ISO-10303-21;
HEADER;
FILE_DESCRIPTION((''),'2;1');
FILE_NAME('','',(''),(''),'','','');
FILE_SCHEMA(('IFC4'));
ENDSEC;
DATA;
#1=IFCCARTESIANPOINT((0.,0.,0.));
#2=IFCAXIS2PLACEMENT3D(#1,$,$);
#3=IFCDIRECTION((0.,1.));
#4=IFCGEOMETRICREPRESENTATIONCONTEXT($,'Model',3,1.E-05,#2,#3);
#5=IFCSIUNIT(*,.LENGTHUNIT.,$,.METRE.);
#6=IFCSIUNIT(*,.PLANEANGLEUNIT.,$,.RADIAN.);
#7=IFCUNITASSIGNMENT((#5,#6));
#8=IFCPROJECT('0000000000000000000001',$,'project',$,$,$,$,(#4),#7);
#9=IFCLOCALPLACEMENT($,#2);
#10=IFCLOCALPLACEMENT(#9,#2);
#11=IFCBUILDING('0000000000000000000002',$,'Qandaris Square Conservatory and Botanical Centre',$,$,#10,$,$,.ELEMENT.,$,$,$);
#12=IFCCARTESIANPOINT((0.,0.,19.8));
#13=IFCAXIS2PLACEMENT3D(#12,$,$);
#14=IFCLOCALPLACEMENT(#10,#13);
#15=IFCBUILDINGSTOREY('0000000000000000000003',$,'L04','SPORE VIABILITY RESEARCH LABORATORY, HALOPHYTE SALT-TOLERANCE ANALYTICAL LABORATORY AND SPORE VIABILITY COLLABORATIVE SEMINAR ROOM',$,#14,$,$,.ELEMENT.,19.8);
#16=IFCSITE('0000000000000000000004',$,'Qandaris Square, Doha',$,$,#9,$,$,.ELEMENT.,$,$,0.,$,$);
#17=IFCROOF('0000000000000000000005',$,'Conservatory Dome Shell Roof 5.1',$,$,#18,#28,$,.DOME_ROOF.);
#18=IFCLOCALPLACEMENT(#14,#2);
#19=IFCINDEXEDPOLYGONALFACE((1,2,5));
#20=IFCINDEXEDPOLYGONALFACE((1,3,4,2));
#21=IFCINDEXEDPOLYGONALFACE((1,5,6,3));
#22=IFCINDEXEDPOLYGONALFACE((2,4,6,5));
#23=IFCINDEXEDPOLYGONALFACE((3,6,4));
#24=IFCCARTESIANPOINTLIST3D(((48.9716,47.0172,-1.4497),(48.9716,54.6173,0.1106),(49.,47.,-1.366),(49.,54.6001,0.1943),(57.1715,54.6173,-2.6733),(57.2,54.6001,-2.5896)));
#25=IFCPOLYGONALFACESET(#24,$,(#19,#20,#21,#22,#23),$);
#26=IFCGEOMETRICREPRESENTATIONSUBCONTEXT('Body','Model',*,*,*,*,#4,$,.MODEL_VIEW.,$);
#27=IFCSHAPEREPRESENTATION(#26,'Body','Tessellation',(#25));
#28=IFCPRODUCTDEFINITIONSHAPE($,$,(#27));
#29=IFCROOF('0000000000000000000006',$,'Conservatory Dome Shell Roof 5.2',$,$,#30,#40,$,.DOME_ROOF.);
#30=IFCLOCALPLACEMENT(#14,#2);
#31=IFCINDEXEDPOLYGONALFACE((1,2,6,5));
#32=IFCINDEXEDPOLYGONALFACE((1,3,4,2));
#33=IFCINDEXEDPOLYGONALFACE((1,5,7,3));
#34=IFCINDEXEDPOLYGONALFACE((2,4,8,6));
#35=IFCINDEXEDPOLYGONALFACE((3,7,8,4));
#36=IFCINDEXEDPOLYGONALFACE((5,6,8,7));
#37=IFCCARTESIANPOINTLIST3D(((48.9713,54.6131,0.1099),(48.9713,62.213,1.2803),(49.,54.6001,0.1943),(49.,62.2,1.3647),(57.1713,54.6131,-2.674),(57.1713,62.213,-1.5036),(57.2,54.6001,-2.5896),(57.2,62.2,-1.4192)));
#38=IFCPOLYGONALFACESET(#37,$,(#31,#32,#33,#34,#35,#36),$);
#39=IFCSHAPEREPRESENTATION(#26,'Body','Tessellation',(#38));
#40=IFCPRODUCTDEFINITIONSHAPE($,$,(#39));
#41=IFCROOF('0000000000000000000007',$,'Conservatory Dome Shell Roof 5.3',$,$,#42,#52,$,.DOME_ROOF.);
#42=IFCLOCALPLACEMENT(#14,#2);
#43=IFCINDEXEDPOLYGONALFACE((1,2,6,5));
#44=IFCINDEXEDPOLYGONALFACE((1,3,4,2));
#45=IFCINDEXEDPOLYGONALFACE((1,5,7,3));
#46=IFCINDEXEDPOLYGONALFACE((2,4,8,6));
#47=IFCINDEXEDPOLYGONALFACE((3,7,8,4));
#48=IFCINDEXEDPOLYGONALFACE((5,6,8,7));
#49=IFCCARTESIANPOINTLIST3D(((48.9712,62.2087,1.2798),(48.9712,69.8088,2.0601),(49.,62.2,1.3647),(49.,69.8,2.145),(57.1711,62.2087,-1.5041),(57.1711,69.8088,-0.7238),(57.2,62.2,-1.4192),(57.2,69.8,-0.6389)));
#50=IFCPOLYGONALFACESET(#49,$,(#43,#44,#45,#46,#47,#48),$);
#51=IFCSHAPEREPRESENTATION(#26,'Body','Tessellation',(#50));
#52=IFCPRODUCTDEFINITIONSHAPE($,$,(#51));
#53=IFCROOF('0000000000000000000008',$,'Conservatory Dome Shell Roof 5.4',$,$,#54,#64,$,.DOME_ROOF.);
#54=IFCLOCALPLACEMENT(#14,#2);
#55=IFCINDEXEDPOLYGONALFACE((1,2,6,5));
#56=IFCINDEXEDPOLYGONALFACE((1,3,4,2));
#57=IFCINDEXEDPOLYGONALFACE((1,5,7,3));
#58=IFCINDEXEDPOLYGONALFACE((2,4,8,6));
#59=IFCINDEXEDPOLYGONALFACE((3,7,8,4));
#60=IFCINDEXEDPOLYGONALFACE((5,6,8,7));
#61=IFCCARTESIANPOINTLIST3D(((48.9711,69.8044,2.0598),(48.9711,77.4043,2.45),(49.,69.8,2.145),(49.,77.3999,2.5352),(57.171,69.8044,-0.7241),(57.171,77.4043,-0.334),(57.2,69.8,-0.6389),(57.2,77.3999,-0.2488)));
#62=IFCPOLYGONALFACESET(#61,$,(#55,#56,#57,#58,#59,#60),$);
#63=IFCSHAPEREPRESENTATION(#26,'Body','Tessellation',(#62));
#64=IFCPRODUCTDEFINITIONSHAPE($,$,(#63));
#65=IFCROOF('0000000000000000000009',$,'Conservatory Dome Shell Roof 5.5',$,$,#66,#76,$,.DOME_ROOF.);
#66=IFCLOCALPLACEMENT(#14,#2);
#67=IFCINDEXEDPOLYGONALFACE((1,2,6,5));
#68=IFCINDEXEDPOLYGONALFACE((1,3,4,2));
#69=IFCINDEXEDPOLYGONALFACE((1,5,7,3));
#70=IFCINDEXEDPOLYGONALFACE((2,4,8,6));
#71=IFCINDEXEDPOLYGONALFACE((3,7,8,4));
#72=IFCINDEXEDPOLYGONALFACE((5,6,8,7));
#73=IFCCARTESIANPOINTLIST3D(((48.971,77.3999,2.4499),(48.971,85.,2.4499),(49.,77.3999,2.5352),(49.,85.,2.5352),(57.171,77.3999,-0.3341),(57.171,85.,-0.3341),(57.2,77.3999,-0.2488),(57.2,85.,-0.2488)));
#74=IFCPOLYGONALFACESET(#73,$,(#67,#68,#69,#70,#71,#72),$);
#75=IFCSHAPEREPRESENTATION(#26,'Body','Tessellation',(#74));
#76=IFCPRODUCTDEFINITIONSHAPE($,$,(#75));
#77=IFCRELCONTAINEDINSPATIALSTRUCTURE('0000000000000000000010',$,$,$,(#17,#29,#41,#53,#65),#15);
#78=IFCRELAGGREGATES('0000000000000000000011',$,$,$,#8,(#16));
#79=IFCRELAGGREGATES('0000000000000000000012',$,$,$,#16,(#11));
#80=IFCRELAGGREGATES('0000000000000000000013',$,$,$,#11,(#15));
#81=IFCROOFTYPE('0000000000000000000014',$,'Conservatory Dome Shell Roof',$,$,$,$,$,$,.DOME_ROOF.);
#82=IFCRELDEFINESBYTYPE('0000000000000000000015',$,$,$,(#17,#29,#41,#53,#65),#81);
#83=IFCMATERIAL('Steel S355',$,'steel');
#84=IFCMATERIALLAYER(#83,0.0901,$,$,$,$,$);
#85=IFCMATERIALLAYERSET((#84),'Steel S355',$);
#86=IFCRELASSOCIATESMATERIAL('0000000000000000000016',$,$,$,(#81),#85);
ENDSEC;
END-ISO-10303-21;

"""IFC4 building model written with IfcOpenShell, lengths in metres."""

from ifc_helpers import new_model, si_unit, direction, frame, origin, place, context, subcontext, project, spatial, polyline, outline, extrude, material, layer, layer_set, type_object, element, save


model = new_model("IFC4")

# Units and contexts
model_context = context("Model", 3, precision=1e-05, world=origin(), true_north=direction((0.0, 1.0)))
body_context = subcontext(model_context, "Body", "Model", "MODEL_VIEW")
ifc_project = project(units=[si_unit("LENGTHUNIT", "METRE"), si_unit("PLANEANGLEUNIT", "RADIAN")], contexts=[model_context])

# Site, building, storey
site_placement = place(None, origin())
site = spatial("IfcSite", under=ifc_project, at=site_placement, Name="Qandaris Square, Doha", CompositionType="ELEMENT", RefElevation=0.0)
building_placement = place(site_placement, origin())
building = spatial("IfcBuilding", under=site, at=building_placement, Name="Qandaris Square Conservatory and Botanical Centre", CompositionType="ELEMENT")
storey_placement = place(building_placement, frame((0.0, 0.0, 19.8)))
storey = spatial("IfcBuildingStorey", under=building, at=storey_placement, Name="L04", Description="SPORE VIABILITY RESEARCH LABORATORY, HALOPHYTE SALT-TOLERANCE ANALYTICAL LABORATORY AND SPORE VIABILITY COLLABORATIVE SEMINAR ROOM", CompositionType="ELEMENT", Elevation=19.8)

# Shared definitions
ifc_material = material(Name="Steel S355", Category="steel")

# Roofs
ifc_layer_1 = layer(ifc_material, 0.0901)
ifc_layer_set_1 = layer_set([ifc_layer_1], Name="Steel S355")
roof_type = type_object("IfcRoofType", Name="Conservatory Dome Shell Roof", PredefinedType="DOME_ROOF", material=ifc_layer_set_1)
roof_1_placement = place(storey_placement, frame((49.0, 47.0, -1.366), z_axis=(0.315576, -0.19083, 0.929514), x_axis=(0.72907, 0.675737, -0.108795)))
element("IfcRoof", 1, at=roof_1_placement, inside=storey, type_object=roof_type, Name="Conservatory Dome Shell Roof 5.1", PredefinedType="DOME_ROOF", context=body_context, shape_type="SweptSolid", body=[
    extrude(outline(polyline([(0.0, 0.0), (11.2471, 0.0), (4.9659, 5.9612), (0.0, 0.0)])), origin(), (0.0, 0.0, -1.0), 0.0901),
])
roof_2_placement = place(storey_placement, frame((49.0, 54.6001, 0.1943), z_axis=(0.318119, -0.144303, 0.937004), x_axis=(0.946915, 0.0, -0.321484)))
element("IfcRoof", 2, at=roof_2_placement, inside=storey, type_object=roof_type, Name="Conservatory Dome Shell Roof 5.2", PredefinedType="DOME_ROOF", context=body_context, shape_type="SweptSolid", body=[
    extrude(outline(polyline([(0.0, 0.0), (8.6596, 0.0), (8.2834, 7.6802), (-0.3763, 7.6802), (0.0, 0.0)])), origin(), (0.0, 0.0, -1.0), 0.0901),
])
roof_3_placement = place(storey_placement, frame((49.0, 62.2, 1.3647), z_axis=(0.319975, -0.09676, 0.942472), x_axis=(0.946915, 0.0, -0.321484)))
element("IfcRoof", 3, at=roof_3_placement, inside=storey, type_object=roof_type, Name="Conservatory Dome Shell Roof 5.3", PredefinedType="DOME_ROOF", context=body_context, shape_type="SweptSolid", body=[
    extrude(outline(polyline([(0.0, 0.0), (8.6596, 0.0), (8.4088, 7.6359), (-0.2508, 7.6359), (0.0, 0.0)])), origin(), (0.0, 0.0, -1.0), 0.0901),
])
roof_4_placement = place(storey_placement, frame((49.0, 69.8, 2.145), z_axis=(0.321105, -0.048552, 0.945798), x_axis=(0.946915, 0.0, -0.321484)))
element("IfcRoof", 4, at=roof_4_placement, inside=storey, type_object=roof_type, Name="Conservatory Dome Shell Roof 5.4", PredefinedType="DOME_ROOF", context=body_context, shape_type="SweptSolid", body=[
    extrude(outline(polyline([(0.0, 0.0), (8.6596, 0.0), (8.5342, 7.6088), (-0.1254, 7.6088), (0.0, 0.0)])), origin(), (0.0, 0.0, -1.0), 0.0901),
])
roof_5_placement = place(storey_placement, frame((49.0, 77.3999, 2.5352), z_axis=(0.321484, 0.0, 0.946915), x_axis=(0.946915, 0.0, -0.321484)))
element("IfcRoof", 5, at=roof_5_placement, inside=storey, type_object=roof_type, Name="Conservatory Dome Shell Roof 5.5", PredefinedType="DOME_ROOF", context=body_context, shape_type="SweptSolid", body=[
    extrude(outline(polyline([(0.0, 0.0), (8.6596, 0.0), (8.6596, 7.6001), (0.0, 7.6001), (0.0, 0.0)])), origin(), (0.0, 0.0, -1.0), 0.0901),
])

save(model, "model.ifc")
